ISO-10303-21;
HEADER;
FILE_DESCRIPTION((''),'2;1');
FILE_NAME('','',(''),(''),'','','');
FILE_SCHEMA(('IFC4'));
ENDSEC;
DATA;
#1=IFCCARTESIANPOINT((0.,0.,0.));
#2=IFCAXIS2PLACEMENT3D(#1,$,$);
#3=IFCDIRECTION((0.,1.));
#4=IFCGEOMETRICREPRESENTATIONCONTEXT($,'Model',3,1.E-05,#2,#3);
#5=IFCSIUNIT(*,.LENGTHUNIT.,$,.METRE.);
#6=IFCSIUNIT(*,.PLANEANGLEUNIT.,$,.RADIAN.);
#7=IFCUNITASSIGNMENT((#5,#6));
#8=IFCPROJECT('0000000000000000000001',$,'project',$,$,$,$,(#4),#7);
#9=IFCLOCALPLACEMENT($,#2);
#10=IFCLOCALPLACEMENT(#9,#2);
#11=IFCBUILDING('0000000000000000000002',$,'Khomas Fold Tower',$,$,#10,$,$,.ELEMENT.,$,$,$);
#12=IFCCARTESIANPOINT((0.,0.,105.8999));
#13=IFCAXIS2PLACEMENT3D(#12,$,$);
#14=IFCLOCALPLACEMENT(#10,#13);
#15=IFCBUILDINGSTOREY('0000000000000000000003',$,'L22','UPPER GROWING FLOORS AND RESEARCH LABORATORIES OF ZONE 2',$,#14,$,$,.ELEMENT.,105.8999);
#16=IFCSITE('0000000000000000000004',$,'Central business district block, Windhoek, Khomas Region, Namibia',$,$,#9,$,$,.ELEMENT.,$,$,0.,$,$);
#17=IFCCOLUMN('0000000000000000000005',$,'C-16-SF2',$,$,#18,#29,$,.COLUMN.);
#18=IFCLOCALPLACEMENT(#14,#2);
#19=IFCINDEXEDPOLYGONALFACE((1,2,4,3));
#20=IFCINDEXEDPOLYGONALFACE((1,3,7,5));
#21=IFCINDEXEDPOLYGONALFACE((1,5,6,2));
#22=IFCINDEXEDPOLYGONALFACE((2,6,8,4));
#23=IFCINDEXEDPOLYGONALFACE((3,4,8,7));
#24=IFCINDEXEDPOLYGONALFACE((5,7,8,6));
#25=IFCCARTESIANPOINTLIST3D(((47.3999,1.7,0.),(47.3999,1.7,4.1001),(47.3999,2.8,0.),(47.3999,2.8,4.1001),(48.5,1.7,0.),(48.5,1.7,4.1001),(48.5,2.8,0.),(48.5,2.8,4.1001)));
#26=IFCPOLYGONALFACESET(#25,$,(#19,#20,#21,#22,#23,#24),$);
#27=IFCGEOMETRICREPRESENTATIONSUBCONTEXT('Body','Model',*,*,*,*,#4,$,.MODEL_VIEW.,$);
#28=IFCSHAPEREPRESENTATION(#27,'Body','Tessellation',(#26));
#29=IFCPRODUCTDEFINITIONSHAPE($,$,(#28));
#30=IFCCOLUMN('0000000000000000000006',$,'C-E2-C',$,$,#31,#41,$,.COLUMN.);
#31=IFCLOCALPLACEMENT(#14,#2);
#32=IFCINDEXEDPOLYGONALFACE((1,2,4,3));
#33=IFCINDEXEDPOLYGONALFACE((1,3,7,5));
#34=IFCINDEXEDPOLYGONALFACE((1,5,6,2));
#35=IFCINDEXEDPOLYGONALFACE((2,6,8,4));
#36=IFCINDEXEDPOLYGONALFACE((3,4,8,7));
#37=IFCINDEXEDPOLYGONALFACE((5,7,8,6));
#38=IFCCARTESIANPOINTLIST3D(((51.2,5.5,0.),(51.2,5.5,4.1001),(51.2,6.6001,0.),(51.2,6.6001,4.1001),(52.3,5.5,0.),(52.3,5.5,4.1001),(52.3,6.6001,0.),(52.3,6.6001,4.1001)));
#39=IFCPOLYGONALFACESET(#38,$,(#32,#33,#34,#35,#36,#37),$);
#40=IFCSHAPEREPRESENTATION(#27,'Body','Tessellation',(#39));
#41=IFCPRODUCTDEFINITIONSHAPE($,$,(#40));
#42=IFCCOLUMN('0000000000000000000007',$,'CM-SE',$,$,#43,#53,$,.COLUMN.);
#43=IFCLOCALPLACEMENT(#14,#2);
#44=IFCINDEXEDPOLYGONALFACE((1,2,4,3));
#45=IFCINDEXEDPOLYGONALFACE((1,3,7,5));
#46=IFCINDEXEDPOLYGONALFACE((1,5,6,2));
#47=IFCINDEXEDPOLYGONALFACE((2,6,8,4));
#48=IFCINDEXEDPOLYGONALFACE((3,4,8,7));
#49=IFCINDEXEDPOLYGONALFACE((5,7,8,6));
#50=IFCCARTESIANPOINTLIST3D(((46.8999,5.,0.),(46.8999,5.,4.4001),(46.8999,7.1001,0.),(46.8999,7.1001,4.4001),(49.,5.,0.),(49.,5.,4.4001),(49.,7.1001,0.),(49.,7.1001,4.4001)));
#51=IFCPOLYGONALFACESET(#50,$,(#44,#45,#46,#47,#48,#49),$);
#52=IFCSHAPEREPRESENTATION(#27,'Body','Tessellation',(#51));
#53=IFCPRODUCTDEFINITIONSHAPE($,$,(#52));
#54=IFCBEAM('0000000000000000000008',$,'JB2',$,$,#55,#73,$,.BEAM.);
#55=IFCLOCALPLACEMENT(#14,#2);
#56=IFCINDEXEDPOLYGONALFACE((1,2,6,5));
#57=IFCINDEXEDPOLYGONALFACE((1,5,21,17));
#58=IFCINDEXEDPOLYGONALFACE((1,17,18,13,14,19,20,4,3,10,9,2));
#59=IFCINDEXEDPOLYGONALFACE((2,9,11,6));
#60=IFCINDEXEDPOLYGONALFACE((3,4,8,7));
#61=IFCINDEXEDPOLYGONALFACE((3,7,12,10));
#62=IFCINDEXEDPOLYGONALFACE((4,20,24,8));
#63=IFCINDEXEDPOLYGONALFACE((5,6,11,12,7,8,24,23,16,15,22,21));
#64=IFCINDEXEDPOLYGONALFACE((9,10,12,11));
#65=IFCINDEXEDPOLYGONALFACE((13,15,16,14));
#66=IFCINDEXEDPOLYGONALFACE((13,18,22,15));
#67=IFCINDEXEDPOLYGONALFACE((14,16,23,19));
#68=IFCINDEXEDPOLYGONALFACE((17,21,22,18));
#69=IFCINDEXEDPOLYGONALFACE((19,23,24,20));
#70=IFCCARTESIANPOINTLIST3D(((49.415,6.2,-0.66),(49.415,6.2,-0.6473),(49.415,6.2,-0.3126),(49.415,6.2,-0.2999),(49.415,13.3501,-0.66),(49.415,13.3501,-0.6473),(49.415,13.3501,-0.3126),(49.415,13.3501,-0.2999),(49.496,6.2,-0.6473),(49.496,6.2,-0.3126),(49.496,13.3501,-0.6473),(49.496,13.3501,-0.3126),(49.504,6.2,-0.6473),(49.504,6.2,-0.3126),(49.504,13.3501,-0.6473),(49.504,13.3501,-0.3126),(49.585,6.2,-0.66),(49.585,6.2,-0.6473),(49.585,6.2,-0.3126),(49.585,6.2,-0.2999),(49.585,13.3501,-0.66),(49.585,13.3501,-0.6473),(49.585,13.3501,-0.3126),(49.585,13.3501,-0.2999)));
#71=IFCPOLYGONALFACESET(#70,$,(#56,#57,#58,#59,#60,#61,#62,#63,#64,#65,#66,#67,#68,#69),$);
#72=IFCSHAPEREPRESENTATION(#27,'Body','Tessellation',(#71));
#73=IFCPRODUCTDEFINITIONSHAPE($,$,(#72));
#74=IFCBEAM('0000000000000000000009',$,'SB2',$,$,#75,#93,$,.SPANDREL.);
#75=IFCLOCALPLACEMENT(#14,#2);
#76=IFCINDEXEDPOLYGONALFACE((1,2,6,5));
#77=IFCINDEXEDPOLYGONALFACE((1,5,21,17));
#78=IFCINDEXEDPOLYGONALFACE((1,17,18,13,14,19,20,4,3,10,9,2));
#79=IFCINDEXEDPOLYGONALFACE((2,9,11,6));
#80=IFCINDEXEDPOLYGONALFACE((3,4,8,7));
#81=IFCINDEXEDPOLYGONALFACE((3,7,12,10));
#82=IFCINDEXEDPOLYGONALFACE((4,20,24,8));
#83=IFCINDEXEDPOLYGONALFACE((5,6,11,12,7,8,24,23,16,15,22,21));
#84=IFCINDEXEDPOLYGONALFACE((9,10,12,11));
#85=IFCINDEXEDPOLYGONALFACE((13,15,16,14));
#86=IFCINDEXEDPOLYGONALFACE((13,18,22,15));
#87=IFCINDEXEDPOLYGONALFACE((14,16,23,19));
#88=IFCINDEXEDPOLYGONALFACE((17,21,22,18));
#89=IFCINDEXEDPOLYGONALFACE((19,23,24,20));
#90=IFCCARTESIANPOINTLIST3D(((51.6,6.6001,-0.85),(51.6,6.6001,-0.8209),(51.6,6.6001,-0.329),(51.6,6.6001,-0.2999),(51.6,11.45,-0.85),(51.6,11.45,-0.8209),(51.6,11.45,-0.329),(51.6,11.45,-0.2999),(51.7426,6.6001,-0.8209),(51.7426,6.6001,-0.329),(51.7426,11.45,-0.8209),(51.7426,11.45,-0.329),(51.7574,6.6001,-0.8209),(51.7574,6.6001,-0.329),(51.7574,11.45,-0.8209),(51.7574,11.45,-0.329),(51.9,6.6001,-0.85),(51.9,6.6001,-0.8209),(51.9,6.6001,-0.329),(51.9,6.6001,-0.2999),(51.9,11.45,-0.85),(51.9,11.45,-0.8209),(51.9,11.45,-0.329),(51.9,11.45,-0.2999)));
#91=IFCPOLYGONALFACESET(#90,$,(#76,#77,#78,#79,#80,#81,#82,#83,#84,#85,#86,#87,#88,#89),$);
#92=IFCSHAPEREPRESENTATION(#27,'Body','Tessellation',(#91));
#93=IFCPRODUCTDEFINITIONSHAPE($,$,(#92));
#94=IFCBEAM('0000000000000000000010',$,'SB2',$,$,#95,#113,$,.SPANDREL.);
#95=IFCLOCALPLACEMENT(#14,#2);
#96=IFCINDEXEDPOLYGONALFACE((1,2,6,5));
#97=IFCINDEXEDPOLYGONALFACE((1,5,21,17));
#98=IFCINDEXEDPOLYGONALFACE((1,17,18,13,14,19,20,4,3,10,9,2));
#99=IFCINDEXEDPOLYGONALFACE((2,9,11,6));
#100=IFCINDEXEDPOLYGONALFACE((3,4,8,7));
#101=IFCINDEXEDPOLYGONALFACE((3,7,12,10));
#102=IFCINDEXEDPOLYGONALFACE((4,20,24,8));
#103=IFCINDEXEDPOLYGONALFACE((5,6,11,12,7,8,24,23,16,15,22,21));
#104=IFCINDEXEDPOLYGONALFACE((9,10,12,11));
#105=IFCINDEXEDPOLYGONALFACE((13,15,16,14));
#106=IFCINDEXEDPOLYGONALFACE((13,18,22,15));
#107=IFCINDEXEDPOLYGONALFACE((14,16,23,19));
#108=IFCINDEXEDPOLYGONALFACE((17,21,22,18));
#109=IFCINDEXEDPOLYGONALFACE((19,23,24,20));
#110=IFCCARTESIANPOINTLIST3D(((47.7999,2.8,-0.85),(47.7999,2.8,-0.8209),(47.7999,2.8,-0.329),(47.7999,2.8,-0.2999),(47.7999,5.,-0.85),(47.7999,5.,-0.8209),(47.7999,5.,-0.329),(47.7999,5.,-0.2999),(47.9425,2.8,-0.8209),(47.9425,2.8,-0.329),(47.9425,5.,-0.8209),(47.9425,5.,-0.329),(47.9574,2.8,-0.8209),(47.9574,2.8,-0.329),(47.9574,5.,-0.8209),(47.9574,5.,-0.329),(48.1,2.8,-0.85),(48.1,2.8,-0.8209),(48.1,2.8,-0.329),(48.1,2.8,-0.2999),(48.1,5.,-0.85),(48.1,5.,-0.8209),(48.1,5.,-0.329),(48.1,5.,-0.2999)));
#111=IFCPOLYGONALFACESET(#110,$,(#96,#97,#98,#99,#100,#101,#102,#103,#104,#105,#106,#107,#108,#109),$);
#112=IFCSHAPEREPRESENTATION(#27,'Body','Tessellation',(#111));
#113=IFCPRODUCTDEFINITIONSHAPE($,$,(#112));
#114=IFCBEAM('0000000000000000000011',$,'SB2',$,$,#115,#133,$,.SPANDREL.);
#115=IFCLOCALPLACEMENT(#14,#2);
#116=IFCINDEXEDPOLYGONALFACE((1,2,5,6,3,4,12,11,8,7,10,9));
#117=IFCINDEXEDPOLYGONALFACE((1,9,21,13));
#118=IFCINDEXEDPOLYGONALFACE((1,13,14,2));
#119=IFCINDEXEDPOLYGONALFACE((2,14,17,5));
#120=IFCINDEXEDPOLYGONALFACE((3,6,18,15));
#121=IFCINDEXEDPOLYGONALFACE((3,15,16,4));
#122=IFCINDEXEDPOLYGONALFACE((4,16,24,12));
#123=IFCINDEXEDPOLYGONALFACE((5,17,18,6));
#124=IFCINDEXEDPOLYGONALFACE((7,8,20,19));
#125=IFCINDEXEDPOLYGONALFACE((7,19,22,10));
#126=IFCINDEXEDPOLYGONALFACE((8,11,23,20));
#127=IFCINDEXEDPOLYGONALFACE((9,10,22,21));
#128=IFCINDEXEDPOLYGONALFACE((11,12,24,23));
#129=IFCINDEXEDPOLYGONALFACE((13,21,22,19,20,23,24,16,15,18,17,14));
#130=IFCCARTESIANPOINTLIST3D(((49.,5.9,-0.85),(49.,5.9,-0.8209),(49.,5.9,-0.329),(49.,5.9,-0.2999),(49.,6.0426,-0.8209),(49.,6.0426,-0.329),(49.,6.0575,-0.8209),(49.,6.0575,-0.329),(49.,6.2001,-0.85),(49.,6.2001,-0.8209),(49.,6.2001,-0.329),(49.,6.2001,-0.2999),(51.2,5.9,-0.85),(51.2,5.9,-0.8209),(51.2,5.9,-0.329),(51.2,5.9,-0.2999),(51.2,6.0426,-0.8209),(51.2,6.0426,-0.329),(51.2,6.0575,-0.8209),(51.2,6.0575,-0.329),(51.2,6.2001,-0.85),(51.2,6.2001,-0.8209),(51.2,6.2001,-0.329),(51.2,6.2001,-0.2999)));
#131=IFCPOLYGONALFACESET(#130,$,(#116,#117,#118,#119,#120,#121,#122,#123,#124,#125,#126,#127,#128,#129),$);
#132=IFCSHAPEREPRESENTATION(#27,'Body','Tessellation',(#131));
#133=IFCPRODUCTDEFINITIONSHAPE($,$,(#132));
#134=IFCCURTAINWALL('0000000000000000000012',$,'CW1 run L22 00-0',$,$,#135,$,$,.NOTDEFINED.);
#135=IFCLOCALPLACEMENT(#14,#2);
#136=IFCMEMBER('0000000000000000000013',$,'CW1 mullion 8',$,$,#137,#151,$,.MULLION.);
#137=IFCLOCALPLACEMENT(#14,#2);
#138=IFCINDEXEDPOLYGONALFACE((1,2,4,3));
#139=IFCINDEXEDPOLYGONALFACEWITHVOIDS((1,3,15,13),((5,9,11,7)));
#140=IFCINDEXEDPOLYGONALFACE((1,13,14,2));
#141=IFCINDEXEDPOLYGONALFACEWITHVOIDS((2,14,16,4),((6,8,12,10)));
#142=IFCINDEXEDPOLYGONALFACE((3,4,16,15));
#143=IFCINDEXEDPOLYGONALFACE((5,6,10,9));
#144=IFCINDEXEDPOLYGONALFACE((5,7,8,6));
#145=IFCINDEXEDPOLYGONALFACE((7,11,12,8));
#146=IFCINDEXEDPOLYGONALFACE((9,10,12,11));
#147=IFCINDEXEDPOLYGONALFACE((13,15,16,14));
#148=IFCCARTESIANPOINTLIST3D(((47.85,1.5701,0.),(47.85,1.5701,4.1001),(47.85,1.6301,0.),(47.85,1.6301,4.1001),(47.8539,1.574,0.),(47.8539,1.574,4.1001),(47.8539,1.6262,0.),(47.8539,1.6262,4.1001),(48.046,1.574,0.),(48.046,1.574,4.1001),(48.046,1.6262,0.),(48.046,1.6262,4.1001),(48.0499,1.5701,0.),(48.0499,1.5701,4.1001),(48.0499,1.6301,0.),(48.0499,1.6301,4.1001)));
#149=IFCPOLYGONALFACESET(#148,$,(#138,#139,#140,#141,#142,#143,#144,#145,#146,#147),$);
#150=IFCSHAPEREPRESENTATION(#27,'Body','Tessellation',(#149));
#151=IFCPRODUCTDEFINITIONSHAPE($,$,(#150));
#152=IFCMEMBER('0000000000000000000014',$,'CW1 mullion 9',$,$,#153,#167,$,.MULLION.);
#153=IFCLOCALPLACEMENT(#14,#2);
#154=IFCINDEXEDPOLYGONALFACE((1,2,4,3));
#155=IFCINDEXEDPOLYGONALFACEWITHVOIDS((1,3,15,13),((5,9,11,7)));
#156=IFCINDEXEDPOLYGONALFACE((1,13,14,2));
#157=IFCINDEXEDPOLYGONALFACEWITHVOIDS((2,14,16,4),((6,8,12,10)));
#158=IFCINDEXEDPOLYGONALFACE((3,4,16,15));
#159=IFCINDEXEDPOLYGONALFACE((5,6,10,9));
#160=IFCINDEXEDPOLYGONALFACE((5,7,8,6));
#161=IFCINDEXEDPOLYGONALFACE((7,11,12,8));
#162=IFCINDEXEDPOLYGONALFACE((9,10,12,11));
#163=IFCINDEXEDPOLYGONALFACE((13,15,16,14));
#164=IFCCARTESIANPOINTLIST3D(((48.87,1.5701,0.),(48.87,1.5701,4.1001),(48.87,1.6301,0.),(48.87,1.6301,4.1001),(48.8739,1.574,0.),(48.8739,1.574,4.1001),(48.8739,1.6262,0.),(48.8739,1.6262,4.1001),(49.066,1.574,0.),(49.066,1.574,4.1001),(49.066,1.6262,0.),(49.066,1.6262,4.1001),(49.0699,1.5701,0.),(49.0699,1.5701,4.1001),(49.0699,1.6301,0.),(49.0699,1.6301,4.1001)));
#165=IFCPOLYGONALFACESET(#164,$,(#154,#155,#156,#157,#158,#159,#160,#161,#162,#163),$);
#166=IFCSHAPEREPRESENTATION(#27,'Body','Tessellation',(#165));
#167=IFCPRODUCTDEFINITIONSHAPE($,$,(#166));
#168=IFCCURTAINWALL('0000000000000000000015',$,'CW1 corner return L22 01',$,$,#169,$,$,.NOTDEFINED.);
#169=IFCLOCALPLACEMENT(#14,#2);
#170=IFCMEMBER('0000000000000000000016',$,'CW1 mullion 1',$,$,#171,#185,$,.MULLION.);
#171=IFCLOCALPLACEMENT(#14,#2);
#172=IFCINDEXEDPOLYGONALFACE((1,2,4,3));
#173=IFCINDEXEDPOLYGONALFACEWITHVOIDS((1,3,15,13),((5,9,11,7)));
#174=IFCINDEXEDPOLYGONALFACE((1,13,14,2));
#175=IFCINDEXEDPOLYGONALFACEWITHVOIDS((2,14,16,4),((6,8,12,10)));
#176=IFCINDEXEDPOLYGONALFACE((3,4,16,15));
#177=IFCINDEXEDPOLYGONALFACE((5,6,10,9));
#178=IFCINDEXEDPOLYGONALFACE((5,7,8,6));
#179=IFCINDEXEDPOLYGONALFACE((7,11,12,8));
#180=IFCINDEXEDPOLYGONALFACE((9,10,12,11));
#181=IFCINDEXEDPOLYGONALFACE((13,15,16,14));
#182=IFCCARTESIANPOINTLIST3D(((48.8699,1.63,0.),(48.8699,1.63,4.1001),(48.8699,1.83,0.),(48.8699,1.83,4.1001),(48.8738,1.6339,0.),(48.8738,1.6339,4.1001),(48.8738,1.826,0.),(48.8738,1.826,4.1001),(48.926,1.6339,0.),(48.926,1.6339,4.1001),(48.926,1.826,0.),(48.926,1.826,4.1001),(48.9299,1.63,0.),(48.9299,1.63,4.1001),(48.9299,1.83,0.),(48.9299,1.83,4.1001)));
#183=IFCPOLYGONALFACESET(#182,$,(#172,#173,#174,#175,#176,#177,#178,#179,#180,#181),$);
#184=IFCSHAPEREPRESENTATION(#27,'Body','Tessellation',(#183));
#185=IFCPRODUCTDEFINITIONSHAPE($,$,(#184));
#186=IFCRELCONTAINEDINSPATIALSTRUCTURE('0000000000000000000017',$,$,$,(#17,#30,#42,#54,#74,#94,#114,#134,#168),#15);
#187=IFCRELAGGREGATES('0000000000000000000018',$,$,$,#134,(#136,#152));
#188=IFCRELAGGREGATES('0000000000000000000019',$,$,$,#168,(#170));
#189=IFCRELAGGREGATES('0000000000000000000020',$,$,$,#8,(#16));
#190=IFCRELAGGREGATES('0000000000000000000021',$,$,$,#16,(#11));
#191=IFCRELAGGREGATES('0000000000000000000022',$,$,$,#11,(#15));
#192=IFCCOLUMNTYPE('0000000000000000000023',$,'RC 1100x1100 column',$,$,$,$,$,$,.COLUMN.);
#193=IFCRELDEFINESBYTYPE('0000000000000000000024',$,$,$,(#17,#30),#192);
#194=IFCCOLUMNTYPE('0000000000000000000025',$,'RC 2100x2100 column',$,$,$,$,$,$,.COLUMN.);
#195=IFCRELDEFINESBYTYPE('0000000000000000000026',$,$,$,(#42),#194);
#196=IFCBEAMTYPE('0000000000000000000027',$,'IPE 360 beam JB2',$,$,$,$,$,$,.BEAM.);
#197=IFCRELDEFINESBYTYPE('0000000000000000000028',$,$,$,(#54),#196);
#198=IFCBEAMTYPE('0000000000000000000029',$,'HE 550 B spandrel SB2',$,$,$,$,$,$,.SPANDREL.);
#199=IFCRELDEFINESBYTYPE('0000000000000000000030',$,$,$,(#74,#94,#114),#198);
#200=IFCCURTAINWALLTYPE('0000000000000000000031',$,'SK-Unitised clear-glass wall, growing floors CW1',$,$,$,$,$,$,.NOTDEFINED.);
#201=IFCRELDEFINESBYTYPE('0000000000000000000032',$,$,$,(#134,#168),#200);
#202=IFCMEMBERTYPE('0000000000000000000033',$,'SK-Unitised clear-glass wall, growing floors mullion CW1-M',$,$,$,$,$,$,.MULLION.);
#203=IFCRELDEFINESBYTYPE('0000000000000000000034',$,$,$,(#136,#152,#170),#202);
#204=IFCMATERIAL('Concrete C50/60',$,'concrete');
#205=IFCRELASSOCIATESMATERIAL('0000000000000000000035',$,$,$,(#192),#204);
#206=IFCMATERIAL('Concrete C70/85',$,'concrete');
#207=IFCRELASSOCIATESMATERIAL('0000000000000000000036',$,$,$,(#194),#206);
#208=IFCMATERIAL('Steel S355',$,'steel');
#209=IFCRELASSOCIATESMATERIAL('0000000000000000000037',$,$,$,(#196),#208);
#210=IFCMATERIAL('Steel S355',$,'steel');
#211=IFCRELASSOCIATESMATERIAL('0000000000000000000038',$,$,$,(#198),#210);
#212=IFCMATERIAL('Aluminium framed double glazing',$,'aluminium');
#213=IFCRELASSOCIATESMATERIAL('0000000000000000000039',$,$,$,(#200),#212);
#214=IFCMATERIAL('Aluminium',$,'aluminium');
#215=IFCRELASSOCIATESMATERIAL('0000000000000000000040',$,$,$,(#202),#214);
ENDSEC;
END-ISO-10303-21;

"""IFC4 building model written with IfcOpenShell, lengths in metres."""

from ifc_helpers import new_model, si_unit, direction, frame, origin, origin_2d, place, context, subcontext, project, spatial, rectangle, hollow_rectangle, i_section, extrude, source, transform, mapped, material, material_profile, profile_set, type_object, element, aggregate, save


model = new_model("IFC4")

# Units and contexts
model_context = context("Model", 3, precision=1e-05, world=origin(), true_north=direction((0.0, 1.0)))
body_context = subcontext(model_context, "Body", "Model", "MODEL_VIEW")
ifc_project = project(units=[si_unit("LENGTHUNIT", "METRE"), si_unit("PLANEANGLEUNIT", "RADIAN")], contexts=[model_context])

# Site, building, storey
site_placement = place(None, origin())
site = spatial("IfcSite", under=ifc_project, at=site_placement, Name="Central business district block, Windhoek, Khomas Region, Namibia", CompositionType="ELEMENT", RefElevation=0.0)
building_placement = place(site_placement, origin())
building = spatial("IfcBuilding", under=site, at=building_placement, Name="Khomas Fold Tower", CompositionType="ELEMENT")
storey_placement = place(building_placement, frame((0.0, 0.0, 105.8999)))
storey = spatial("IfcBuildingStorey", under=building, at=storey_placement, Name="L22", Description="UPPER GROWING FLOORS AND RESEARCH LABORATORIES OF ZONE 2", CompositionType="ELEMENT", Elevation=105.8999)

# Columns
ifc_material_1 = material(Name="Concrete C50/60", Category="concrete")
ifc_material_profile_1 = material_profile(ifc_material_1, rectangle(XDim=1.1001, YDim=1.1001, at=origin_2d()), Name="RC 1100x1100")
ifc_profile_set_1 = profile_set([ifc_material_profile_1], Name="Concrete C50/60")
column_type_1 = type_object("IfcColumnType", Name="RC 1100x1100 column", PredefinedType="COLUMN", material=ifc_profile_set_1)
shared_shape_1 = source(origin(), body_context, "Body", "SweptSolid", [
    extrude(rectangle(XDim=1.1001, YDim=1.1001, at=origin_2d()), origin(), (0.0, 0.0, 1.0), 4.1001),
])
for number, where, z_axis, x_axis, name in (
    (1, (47.95, 2.25, 0.0), (0.0, 0.0, 1.0), (1.0, 0.0, 0.0), "C-16-SF2"),
    (2, (51.75, 6.05, 0.0), (0.0, 0.0, 1.0), (1.0, 0.0, 0.0), "C-E2-C"),
):
    element("IfcColumn", number, at=place(storey_placement, frame(where, z_axis=z_axis, x_axis=x_axis)), inside=storey, type_object=column_type_1, Name=name, PredefinedType="COLUMN", context=body_context, shape_type="MappedRepresentation", body=[
        mapped(shared_shape_1, transform((0.0, 0.0, 0.0))),
    ])
ifc_material_2 = material(Name="Concrete C70/85", Category="concrete")
ifc_material_profile_2 = material_profile(ifc_material_2, rectangle(XDim=2.1001, YDim=2.1001, at=origin_2d()), Name="RC 2100x2100")
ifc_profile_set_2 = profile_set([ifc_material_profile_2], Name="Concrete C70/85")
column_type_2 = type_object("IfcColumnType", Name="RC 2100x2100 column", PredefinedType="COLUMN", material=ifc_profile_set_2)
shared_shape_2 = source(origin(), body_context, "Body", "SweptSolid", [
    extrude(rectangle(XDim=2.1001, YDim=2.1001, at=origin_2d()), origin(), (0.0, 0.0, 1.0), 4.4001),
])
column_placement = place(storey_placement, frame((47.95, 6.05, 0.0), z_axis=(0.0, 0.0, 1.0), x_axis=(1.0, 0.0, 0.0)))
element("IfcColumn", 3, at=column_placement, inside=storey, type_object=column_type_2, Name="CM-SE", PredefinedType="COLUMN", context=body_context, shape_type="MappedRepresentation", body=[
    mapped(shared_shape_2, transform((0.0, 0.0, 0.0))),
])

# Beams
ifc_material_3 = material(Name="Steel S355", Category="steel")
ifc_material_profile_3 = material_profile(ifc_material_3, i_section(OverallWidth=0.1699, OverallDepth=0.3601, WebThickness=0.0081, FlangeThickness=0.0127, at=origin_2d()), Name="IPE 360")
ifc_profile_set_3 = profile_set([ifc_material_profile_3], Name="Steel S355")
beam_type_1 = type_object("IfcBeamType", Name="IPE 360 beam JB2", PredefinedType="BEAM", material=ifc_profile_set_3)
shared_shape_3 = source(origin(), body_context, "Body", "SweptSolid", [
    extrude(i_section(OverallWidth=0.1699, OverallDepth=0.3601, WebThickness=0.0081, FlangeThickness=0.0127, at=origin_2d()), origin(), (0.0, 0.0, 1.0), 7.1501),
])
beam_1_placement = place(storey_placement, frame((49.5, 6.2, -0.48), z_axis=(0.0, 1.0, 0.0), x_axis=(-1.0, 0.0, 0.0)))
element("IfcBeam", 4, at=beam_1_placement, inside=storey, type_object=beam_type_1, Name="JB2", PredefinedType="BEAM", context=body_context, shape_type="MappedRepresentation", body=[
    mapped(shared_shape_3, transform((0.0, 0.0, 0.0))),
])
ifc_material_4 = material(Name="Steel S355", Category="steel")
ifc_material_profile_4 = material_profile(ifc_material_4, i_section(OverallWidth=0.3, OverallDepth=0.55, WebThickness=0.0149, FlangeThickness=0.0291, at=origin_2d()), Name="HE 550 B")
ifc_profile_set_4 = profile_set([ifc_material_profile_4], Name="Steel S355")
beam_type_2 = type_object("IfcBeamType", Name="HE 550 B spandrel SB2", PredefinedType="SPANDREL", material=ifc_profile_set_4)
shared_shape_4 = source(origin(), body_context, "Body", "SweptSolid", [
    extrude(i_section(OverallWidth=0.3, OverallDepth=0.55, WebThickness=0.0149, FlangeThickness=0.0291, at=origin_2d()), origin(), (0.0, 0.0, 1.0), 4.8499),
])
beam_2_placement = place(storey_placement, frame((51.75, 6.6001, -0.575), z_axis=(0.0, 1.0, 0.0), x_axis=(-1.0, 0.0, 0.0)))
element("IfcBeam", 5, at=beam_2_placement, inside=storey, type_object=beam_type_2, Name="SB2", PredefinedType="SPANDREL", context=body_context, shape_type="MappedRepresentation", body=[
    mapped(shared_shape_4, transform((0.0, 0.0, 0.0))),
])
shared_shape_5 = source(origin(), body_context, "Body", "SweptSolid", [
    extrude(i_section(OverallWidth=0.3, OverallDepth=0.55, WebThickness=0.0149, FlangeThickness=0.0291, at=origin_2d()), origin(), (0.0, 0.0, 1.0), 2.2),
])
for number, where, z_axis, x_axis, name in (
    (6, (47.95, 2.8, -0.575), (0.0, 1.0, 0.0), (-1.0, 0.0, 0.0), "SB2"),
    (7, (49.0, 6.05, -0.575), (1.0, 0.0, 0.0), (0.0, 1.0, 0.0), "SB2"),
):
    element("IfcBeam", number, at=place(storey_placement, frame(where, z_axis=z_axis, x_axis=x_axis)), inside=storey, type_object=beam_type_2, Name=name, PredefinedType="SPANDREL", context=body_context, shape_type="MappedRepresentation", body=[
        mapped(shared_shape_5, transform((0.0, 0.0, 0.0))),
    ])

# Curtain walls, members
ifc_material_5 = material(Name="Aluminium framed double glazing", Category="aluminium")
curtain_wall_type = type_object("IfcCurtainWallType", Name="SK-Unitised clear-glass wall, growing floors CW1", PredefinedType="NOTDEFINED", material=ifc_material_5)
curtain_wall_1_placement = place(storey_placement, origin())
curtain_wall_1 = element("IfcCurtainWall", 8, at=curtain_wall_1_placement, inside=storey, type_object=curtain_wall_type, Name="CW1 run L22 00-0", PredefinedType="NOTDEFINED")
ifc_material_6 = material(Name="Aluminium", Category="aluminium")
ifc_material_profile_5 = material_profile(ifc_material_6, hollow_rectangle(XDim=0.0601, YDim=0.2, WallThickness=0.0039, at=origin_2d()), Name="SK-Unitised clear-glass wall, growing floors mullion CW1-M")
ifc_profile_set_5 = profile_set([ifc_material_profile_5], Name="Aluminium")
member_type_1 = type_object("IfcMemberType", Name="SK-Unitised clear-glass wall, growing floors mullion CW1-M", PredefinedType="MULLION", material=ifc_profile_set_5)
shared_shape_6 = source(origin(), body_context, "Body", "SweptSolid", [
    extrude(hollow_rectangle(XDim=0.0601, YDim=0.2, WallThickness=0.0039, at=origin_2d()), origin(), (0.0, 0.0, 1.0), 4.1001),
])
member_1_placement = place(storey_placement, frame((47.95, 1.6001, 0.0), z_axis=(0.0, 0.0, 1.0), x_axis=(0.0, 1.0, 0.0)))
member_1 = element("IfcMember", 9, at=member_1_placement, type_object=member_type_1, Name="CW1 mullion 8", PredefinedType="MULLION", context=body_context, shape_type="MappedRepresentation", body=[
    mapped(shared_shape_6, transform((0.0, 0.0, 0.0))),
])
member_2_placement = place(storey_placement, frame((48.97, 1.6001, 0.0), z_axis=(0.0, 0.0, 1.0), x_axis=(0.0, 1.0, 0.0)))
member_2 = element("IfcMember", 10, at=member_2_placement, type_object=member_type_1, Name="CW1 mullion 9", PredefinedType="MULLION", context=body_context, shape_type="MappedRepresentation", body=[
    mapped(shared_shape_6, transform((0.0, 0.0, 0.0))),
])
curtain_wall_2_placement = place(storey_placement, origin())
curtain_wall_2 = element("IfcCurtainWall", 11, at=curtain_wall_2_placement, inside=storey, type_object=curtain_wall_type, Name="CW1 corner return L22 01", PredefinedType="NOTDEFINED")
member_3_placement = place(storey_placement, frame((48.8999, 1.73, 0.0), z_axis=(0.0, 0.0, 1.0), x_axis=(-1.0, 0.0, 0.0)))
member_3 = element("IfcMember", 12, at=member_3_placement, type_object=member_type_1, Name="CW1 mullion 1", PredefinedType="MULLION", context=body_context, shape_type="MappedRepresentation", body=[
    mapped(shared_shape_6, transform((0.0, 0.0, 0.0))),
])

aggregate(curtain_wall_1, [member_1, member_2])
aggregate(curtain_wall_2, [member_3])

save(model, "model.ifc")
